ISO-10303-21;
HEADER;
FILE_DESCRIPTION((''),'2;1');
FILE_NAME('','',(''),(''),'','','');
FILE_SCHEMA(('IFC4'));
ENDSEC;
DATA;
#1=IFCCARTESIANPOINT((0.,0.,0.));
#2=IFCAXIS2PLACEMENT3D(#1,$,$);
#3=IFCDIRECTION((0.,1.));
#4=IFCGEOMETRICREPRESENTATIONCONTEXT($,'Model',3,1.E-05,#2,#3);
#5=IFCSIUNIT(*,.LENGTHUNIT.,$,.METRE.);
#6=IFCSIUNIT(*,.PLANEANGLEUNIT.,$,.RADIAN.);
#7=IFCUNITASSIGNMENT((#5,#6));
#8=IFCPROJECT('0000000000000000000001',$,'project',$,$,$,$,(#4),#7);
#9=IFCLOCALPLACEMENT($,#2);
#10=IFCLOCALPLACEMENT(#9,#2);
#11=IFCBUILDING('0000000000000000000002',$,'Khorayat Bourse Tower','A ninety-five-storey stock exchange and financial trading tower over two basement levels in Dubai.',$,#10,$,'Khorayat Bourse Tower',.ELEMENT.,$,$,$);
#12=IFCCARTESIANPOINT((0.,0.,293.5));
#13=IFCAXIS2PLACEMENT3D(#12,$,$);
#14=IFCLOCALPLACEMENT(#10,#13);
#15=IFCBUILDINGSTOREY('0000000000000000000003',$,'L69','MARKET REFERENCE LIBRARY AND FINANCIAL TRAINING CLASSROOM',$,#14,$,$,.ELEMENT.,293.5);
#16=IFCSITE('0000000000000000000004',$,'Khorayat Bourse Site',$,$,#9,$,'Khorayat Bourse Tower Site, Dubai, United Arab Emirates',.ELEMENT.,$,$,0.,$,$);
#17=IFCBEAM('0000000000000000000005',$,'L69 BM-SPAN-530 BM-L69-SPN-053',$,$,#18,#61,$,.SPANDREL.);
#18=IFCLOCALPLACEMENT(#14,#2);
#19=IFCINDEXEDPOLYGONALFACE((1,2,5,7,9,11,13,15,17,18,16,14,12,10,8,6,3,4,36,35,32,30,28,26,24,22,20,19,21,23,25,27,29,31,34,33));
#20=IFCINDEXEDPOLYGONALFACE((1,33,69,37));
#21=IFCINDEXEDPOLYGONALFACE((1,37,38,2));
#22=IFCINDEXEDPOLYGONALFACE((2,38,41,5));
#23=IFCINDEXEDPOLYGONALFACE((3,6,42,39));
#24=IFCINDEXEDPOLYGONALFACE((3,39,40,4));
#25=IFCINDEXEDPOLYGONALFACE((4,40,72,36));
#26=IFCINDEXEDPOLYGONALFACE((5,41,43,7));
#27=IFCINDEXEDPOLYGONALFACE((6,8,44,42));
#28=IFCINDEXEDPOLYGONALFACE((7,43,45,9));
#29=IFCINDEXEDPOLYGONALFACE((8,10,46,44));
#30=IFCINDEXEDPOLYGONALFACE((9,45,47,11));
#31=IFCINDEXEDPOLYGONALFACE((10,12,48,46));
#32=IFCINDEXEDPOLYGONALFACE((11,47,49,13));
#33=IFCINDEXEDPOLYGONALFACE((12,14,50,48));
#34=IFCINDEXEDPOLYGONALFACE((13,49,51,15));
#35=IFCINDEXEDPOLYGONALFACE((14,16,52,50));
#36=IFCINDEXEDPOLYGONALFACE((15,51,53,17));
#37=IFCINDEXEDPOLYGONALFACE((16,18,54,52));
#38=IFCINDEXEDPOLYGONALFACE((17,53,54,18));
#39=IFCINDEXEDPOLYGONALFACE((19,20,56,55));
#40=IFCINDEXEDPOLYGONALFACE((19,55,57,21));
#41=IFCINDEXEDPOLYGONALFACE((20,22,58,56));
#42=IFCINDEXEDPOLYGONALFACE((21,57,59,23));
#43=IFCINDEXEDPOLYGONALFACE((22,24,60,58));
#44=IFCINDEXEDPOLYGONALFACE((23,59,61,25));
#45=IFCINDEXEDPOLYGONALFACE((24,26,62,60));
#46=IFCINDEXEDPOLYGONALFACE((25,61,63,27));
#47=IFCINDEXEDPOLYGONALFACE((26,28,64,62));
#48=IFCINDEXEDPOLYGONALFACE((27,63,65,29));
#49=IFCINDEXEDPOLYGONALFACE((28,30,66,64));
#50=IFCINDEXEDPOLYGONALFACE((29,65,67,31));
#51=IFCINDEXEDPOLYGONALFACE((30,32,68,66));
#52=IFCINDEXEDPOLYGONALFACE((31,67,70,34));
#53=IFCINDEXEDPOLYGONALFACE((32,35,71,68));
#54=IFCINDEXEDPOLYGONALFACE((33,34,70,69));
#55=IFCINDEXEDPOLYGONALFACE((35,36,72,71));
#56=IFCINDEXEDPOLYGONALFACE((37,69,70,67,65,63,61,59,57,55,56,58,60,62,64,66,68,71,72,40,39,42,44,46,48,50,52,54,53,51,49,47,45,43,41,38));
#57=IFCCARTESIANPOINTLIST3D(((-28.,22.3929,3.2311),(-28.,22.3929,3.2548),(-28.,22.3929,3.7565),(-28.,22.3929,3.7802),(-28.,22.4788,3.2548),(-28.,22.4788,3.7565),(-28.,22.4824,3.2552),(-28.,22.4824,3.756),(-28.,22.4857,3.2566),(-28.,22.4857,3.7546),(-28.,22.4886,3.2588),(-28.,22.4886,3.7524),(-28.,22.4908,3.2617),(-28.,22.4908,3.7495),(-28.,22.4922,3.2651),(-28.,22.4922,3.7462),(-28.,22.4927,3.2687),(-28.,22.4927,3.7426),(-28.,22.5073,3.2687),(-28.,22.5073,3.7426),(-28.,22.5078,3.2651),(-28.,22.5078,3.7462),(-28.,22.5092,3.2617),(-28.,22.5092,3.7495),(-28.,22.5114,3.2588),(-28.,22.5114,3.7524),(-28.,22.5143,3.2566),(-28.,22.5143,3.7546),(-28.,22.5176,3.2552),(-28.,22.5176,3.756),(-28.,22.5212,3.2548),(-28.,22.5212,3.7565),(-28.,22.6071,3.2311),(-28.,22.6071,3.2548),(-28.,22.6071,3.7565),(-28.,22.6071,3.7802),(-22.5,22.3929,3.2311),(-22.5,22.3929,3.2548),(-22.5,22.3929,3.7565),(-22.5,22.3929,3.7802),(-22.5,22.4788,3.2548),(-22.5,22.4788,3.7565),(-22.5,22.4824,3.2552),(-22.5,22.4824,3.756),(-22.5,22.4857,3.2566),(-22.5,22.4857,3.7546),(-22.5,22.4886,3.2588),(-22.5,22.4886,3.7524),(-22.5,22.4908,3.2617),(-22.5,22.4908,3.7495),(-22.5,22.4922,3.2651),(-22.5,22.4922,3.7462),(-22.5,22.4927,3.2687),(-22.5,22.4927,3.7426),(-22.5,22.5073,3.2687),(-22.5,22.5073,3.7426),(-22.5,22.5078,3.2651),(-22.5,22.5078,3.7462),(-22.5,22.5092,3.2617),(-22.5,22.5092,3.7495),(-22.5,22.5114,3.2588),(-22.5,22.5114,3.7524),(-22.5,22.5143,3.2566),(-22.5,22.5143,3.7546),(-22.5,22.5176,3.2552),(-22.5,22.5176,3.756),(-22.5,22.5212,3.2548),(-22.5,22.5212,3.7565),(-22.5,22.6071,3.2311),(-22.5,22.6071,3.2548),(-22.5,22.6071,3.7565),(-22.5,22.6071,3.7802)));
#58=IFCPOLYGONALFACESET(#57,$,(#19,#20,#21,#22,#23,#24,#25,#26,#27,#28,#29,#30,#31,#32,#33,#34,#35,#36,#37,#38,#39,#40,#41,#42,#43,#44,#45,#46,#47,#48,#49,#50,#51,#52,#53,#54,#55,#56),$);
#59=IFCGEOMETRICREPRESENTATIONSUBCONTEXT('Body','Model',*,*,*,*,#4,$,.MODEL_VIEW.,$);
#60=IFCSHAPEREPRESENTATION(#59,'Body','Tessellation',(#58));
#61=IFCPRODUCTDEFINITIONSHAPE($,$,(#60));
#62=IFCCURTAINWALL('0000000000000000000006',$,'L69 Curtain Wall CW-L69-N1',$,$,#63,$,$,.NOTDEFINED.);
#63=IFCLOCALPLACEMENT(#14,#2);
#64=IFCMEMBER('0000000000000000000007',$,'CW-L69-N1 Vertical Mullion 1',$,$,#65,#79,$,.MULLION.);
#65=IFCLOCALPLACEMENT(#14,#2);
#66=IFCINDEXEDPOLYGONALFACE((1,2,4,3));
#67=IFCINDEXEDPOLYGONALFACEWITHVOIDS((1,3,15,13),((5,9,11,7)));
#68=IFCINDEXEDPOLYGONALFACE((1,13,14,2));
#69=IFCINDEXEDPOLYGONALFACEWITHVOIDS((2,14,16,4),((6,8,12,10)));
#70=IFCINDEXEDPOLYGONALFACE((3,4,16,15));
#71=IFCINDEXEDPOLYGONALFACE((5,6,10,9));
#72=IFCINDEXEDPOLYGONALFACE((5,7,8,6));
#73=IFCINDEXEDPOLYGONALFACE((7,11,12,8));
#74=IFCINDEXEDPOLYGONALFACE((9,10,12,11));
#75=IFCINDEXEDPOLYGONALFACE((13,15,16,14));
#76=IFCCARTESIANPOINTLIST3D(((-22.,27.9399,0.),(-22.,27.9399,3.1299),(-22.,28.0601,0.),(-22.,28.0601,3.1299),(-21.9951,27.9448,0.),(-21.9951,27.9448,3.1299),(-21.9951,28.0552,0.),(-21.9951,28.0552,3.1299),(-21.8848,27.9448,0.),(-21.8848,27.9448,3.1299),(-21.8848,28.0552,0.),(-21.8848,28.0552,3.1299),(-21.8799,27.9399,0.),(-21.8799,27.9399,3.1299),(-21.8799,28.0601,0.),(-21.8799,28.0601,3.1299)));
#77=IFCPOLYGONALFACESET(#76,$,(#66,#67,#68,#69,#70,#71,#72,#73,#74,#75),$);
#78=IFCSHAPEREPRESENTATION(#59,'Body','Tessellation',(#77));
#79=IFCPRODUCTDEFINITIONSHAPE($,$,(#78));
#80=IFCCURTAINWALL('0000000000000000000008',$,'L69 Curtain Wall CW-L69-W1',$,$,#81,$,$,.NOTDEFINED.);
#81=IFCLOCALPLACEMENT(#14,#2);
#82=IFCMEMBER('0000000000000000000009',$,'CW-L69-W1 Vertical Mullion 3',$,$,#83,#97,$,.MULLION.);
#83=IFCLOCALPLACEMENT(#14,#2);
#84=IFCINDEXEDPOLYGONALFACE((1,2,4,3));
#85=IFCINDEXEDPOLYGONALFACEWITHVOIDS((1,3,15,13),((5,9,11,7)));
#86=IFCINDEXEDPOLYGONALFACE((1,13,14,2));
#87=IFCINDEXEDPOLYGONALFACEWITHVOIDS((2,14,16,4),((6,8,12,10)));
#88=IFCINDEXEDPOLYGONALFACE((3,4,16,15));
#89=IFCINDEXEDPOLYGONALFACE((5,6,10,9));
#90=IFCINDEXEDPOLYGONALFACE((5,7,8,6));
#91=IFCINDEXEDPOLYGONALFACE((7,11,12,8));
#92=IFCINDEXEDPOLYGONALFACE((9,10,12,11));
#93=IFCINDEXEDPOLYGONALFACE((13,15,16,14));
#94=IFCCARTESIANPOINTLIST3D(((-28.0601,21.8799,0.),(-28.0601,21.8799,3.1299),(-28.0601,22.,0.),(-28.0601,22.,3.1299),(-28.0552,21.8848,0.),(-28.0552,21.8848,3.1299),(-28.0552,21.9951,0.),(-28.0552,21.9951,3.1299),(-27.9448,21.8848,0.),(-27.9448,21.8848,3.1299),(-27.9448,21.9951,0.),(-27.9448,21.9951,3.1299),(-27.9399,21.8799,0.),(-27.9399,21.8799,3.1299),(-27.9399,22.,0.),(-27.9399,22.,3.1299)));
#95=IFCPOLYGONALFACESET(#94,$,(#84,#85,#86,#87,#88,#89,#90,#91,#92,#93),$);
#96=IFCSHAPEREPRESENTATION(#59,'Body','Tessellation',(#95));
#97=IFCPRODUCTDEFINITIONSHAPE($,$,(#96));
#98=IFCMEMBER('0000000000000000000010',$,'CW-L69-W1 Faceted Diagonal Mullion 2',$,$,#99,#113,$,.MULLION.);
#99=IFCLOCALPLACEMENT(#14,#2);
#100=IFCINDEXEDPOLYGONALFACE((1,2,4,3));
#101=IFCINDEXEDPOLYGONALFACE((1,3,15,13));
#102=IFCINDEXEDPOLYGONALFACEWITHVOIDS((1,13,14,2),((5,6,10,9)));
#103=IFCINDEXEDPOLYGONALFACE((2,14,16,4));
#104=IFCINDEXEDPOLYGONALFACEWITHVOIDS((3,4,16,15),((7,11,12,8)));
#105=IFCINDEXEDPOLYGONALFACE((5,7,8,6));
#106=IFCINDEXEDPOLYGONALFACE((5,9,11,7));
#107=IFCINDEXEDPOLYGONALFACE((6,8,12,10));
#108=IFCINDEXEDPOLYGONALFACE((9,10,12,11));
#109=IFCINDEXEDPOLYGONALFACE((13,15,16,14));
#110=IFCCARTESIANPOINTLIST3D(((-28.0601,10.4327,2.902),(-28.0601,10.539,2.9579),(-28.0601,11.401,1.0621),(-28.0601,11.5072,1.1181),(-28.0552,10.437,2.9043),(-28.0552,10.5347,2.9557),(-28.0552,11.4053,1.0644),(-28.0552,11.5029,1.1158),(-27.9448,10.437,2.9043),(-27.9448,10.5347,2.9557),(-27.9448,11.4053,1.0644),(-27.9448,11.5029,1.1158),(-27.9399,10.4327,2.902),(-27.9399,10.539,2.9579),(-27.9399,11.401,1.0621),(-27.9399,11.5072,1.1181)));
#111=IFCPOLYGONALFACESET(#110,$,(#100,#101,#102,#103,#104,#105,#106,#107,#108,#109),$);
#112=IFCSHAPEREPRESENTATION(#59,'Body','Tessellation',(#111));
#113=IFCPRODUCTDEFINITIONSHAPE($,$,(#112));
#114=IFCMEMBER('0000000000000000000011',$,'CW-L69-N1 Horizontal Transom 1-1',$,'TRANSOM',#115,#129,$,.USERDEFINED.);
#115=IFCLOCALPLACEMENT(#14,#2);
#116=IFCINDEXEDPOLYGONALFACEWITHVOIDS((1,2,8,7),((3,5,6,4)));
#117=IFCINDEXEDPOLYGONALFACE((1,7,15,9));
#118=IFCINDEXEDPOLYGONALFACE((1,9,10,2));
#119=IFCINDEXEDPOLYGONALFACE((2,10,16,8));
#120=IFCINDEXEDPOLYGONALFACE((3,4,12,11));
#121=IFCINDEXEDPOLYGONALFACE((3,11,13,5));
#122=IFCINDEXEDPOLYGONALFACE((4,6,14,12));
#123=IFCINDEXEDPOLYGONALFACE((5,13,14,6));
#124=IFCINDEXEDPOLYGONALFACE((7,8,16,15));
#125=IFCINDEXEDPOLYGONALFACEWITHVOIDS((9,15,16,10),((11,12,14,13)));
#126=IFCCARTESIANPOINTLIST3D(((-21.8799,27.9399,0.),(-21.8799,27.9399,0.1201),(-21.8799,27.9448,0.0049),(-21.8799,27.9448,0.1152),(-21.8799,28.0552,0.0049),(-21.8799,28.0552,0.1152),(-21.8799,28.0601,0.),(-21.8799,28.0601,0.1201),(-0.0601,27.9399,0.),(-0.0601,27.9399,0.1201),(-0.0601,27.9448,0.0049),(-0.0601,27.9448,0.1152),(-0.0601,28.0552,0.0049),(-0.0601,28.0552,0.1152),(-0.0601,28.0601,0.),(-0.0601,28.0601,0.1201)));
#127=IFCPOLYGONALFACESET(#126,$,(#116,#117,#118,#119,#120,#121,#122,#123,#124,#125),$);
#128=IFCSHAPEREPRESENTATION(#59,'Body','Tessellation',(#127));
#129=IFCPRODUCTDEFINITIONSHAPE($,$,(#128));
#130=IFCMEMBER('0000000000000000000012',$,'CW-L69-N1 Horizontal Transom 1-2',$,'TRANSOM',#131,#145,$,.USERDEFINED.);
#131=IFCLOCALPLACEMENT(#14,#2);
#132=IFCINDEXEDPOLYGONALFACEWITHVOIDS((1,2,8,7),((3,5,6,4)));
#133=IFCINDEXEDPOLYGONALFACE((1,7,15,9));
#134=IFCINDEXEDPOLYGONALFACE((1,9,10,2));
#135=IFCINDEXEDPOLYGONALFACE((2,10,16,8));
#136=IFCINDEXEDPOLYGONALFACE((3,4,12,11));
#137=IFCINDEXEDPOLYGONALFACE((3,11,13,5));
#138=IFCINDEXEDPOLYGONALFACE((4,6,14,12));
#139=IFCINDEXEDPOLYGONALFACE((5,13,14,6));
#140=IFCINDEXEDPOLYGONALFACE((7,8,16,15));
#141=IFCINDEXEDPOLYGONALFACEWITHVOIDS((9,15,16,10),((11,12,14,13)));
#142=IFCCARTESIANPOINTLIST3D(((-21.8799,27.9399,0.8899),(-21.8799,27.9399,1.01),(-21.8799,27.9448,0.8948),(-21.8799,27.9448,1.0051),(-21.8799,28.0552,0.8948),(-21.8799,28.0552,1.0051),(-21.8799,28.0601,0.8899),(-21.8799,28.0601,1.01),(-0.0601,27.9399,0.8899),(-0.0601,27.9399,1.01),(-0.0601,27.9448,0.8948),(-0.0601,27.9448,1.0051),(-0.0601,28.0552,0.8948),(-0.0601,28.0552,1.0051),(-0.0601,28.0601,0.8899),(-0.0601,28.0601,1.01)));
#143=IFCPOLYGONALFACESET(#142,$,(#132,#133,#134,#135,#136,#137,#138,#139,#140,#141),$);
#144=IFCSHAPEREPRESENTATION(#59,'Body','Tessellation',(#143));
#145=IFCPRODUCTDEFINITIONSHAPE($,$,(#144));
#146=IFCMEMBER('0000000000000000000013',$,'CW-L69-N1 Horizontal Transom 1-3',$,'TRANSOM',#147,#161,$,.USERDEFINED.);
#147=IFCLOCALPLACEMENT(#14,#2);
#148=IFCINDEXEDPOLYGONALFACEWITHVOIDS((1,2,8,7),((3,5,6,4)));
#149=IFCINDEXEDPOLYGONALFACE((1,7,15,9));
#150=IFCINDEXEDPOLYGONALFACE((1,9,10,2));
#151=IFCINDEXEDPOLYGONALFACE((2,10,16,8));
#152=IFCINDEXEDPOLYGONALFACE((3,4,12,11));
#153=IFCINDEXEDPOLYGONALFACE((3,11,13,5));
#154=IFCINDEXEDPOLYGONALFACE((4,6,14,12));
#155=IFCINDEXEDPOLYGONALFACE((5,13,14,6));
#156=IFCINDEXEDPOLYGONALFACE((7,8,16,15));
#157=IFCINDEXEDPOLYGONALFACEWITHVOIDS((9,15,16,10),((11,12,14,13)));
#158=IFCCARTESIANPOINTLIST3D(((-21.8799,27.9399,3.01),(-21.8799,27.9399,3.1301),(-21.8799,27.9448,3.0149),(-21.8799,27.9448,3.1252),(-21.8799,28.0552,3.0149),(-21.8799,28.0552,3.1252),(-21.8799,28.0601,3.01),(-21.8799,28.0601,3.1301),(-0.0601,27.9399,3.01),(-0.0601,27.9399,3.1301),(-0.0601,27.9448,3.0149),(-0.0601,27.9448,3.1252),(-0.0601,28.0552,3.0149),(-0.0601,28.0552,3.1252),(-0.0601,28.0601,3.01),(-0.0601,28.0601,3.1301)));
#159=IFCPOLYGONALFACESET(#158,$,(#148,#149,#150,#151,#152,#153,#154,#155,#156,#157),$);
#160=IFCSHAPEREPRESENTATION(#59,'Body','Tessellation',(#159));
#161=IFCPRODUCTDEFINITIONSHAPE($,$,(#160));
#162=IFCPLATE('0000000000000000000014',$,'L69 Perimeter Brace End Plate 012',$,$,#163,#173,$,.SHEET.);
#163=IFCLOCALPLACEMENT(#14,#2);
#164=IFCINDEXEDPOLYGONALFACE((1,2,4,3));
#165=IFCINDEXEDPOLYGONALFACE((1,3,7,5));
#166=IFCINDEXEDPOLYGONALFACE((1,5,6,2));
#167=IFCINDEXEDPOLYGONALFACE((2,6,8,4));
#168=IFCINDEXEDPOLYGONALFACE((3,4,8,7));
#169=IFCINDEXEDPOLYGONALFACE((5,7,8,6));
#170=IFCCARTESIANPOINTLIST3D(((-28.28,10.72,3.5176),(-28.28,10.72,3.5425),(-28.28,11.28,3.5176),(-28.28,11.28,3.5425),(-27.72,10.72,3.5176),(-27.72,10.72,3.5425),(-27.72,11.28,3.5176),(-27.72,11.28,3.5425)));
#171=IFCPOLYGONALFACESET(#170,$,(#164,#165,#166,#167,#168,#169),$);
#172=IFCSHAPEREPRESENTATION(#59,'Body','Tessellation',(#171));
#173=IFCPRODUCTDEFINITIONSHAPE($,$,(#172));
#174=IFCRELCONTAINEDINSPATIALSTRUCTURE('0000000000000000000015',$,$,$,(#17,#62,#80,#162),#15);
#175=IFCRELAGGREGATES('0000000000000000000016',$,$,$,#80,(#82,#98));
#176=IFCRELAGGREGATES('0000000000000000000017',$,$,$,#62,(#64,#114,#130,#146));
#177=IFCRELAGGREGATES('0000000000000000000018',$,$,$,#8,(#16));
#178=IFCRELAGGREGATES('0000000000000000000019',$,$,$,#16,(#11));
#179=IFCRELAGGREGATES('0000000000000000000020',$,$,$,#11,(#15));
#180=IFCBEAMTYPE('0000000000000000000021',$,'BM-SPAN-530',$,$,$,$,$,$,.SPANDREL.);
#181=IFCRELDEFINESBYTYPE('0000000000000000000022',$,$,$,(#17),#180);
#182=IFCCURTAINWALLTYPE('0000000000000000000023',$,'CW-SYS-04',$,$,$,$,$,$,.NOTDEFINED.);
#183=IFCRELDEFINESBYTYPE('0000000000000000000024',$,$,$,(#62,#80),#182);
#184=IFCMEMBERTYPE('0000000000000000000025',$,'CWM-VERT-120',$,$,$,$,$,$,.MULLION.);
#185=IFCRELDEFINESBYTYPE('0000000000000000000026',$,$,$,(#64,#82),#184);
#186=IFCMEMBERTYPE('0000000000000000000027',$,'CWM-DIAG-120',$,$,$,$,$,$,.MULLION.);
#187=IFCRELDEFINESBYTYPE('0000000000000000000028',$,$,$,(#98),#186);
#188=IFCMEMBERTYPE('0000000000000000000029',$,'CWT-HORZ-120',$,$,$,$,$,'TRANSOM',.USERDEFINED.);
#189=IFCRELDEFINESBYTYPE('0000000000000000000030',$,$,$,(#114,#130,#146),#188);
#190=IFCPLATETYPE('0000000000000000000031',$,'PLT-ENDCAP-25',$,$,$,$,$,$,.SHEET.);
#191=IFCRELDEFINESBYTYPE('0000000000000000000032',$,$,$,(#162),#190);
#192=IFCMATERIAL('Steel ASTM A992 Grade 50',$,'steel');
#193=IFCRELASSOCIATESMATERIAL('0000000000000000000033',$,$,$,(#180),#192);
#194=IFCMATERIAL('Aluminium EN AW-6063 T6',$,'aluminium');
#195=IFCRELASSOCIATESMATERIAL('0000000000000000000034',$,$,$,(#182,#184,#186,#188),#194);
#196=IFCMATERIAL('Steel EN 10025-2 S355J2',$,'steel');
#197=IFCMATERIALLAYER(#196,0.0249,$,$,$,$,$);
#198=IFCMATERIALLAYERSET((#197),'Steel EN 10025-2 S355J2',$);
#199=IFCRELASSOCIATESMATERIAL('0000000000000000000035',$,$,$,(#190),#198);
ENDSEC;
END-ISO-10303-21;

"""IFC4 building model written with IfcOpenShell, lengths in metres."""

from ifc_helpers import new_model, si_unit, direction, frame, origin, origin_2d, place, context, subcontext, project, spatial, rectangle, hollow_rectangle, i_section, extrude, source, transform, mapped, material, layer, layer_set, material_profile, profile_set, type_object, element, aggregate, save


model = new_model("IFC4")

# Units and contexts
model_context = context("Model", 3, precision=1e-05, world=origin(), true_north=direction((0.0, 1.0)))
body_context = subcontext(model_context, "Body", "Model", "MODEL_VIEW")
ifc_project = project(units=[si_unit("LENGTHUNIT", "METRE"), si_unit("PLANEANGLEUNIT", "RADIAN")], contexts=[model_context])

# Site, building, storey
site_placement = place(None, origin())
site = spatial("IfcSite", under=ifc_project, at=site_placement, Name="Khorayat Bourse Site", LongName="Khorayat Bourse Tower Site, Dubai, United Arab Emirates", CompositionType="ELEMENT", RefElevation=0.0)
building_placement = place(site_placement, origin())
building = spatial("IfcBuilding", under=site, at=building_placement, Name="Khorayat Bourse Tower", Description="A ninety-five-storey stock exchange and financial trading tower over two basement levels in Dubai.", LongName="Khorayat Bourse Tower", CompositionType="ELEMENT")
storey_placement = place(building_placement, frame((0.0, 0.0, 293.5)))
storey = spatial("IfcBuildingStorey", under=building, at=storey_placement, Name="L69", Description="MARKET REFERENCE LIBRARY AND FINANCIAL TRAINING CLASSROOM", CompositionType="ELEMENT", Elevation=293.5)

# Beam
ifc_material_1 = material(Name="Steel ASTM A992 Grade 50", Category="steel")
ifc_material_profile_1 = material_profile(ifc_material_1, i_section(OverallWidth=0.2141, OverallDepth=0.5491, WebThickness=0.0146, FlangeThickness=0.0237, FilletRadius=0.0139, at=origin_2d()), Name="W530X138")
ifc_profile_set_1 = profile_set([ifc_material_profile_1], Name="Steel ASTM A992 Grade 50")
beam_type_1 = type_object("IfcBeamType", Name="BM-SPAN-530", PredefinedType="SPANDREL", material=ifc_profile_set_1)
shared_shape_1 = source(origin(), body_context, "Body", "SweptSolid", [
    extrude(i_section(OverallWidth=0.2141, OverallDepth=0.5491, WebThickness=0.0146, FlangeThickness=0.0237, FilletRadius=0.0139, at=origin_2d()), origin(), (0.0, 0.0, 1.0), 5.5),
])
for number, where, z_axis, x_axis, name in (
    (1, (-28.0, 22.5, 3.5056), (1.0, 0.0, 0.0), (0.0, 1.0, 0.0), "L69 BM-SPAN-530 BM-L69-SPN-053"),
):
    element("IfcBeam", number, at=place(storey_placement, frame(where, z_axis=z_axis, x_axis=x_axis)), inside=storey, type_object=beam_type_1, Name=name, PredefinedType="SPANDREL", context=body_context, shape_type="MappedRepresentation", body=[
        mapped(shared_shape_1, transform((0.0, 0.0, 0.0), scale=1.0)),
    ])

# Curtain wall, member
ifc_material_2 = material(Name="Aluminium EN AW-6063 T6", Category="aluminium")
curtain_wall_type = type_object("IfcCurtainWallType", Name="CW-SYS-04", PredefinedType="NOTDEFINED", material=ifc_material_2)
curtain_wall_1_placement = place(storey_placement, origin())
curtain_wall_1 = element("IfcCurtainWall", 2, at=curtain_wall_1_placement, inside=storey, type_object=curtain_wall_type, Name="L69 Curtain Wall CW-L69-N1", PredefinedType="NOTDEFINED")
ifc_material_profile_2 = material_profile(ifc_material_2, hollow_rectangle(XDim=0.1201, YDim=0.1201, WallThickness=0.0049, at=origin_2d()), Name="ALU 120x120x5")
ifc_profile_set_2 = profile_set([ifc_material_profile_2], Name="Aluminium EN AW-6063 T6")
member_type_1 = type_object("IfcMemberType", Name="CWM-VERT-120", PredefinedType="MULLION", material=ifc_profile_set_2)
shared_shape_2 = source(origin(), body_context, "Body", "SweptSolid", [
    extrude(hollow_rectangle(XDim=0.1201, YDim=0.1201, WallThickness=0.0049, at=origin_2d()), origin(), (0.0, 0.0, 1.0), 3.1299),
])
member_1_placement = place(storey_placement, frame((-21.9399, 28.0, 0.0), z_axis=(0.0, 0.0, 1.0), x_axis=(0.0, 1.0, 0.0)))
member_1 = element("IfcMember", 3, at=member_1_placement, type_object=member_type_1, Name="CW-L69-N1 Vertical Mullion 1", PredefinedType="MULLION", context=body_context, shape_type="MappedRepresentation", body=[
    mapped(shared_shape_2, transform((0.0, 0.0, 0.0), scale=1.0)),
])

# Curtain wall, members
curtain_wall_2_placement = place(storey_placement, origin())
curtain_wall_2 = element("IfcCurtainWall", 4, at=curtain_wall_2_placement, inside=storey, type_object=curtain_wall_type, Name="L69 Curtain Wall CW-L69-W1", PredefinedType="NOTDEFINED")
member_2_placement = place(storey_placement, frame((-28.0, 21.9399, 0.0), z_axis=(0.0, 0.0, 1.0), x_axis=(-1.0, 0.0, 0.0)))
member_2 = element("IfcMember", 5, at=member_2_placement, type_object=member_type_1, Name="CW-L69-W1 Vertical Mullion 3", PredefinedType="MULLION", context=body_context, shape_type="MappedRepresentation", body=[
    mapped(shared_shape_2, transform((0.0, 0.0, 0.0), scale=1.0)),
])
ifc_material_profile_3 = material_profile(ifc_material_2, hollow_rectangle(XDim=0.1201, YDim=0.1201, WallThickness=0.0049, at=origin_2d()), Name="ALU 120x120x5")
ifc_profile_set_3 = profile_set([ifc_material_profile_3], Name="Aluminium EN AW-6063 T6")
member_type_2 = type_object("IfcMemberType", Name="CWM-DIAG-120", PredefinedType="MULLION", material=ifc_profile_set_3)
shared_shape_3 = source(origin(), body_context, "Body", "SweptSolid", [
    extrude(hollow_rectangle(XDim=0.1201, YDim=0.1201, WallThickness=0.0049, at=origin_2d()), origin(), (0.0, 0.0, 1.0), 2.0791),
])
member_3_placement = place(storey_placement, frame((-28.0, 11.4541, 1.0901), z_axis=(0.0, -0.465717, 0.884934), x_axis=(1.0, 0.0, 0.0)))
member_3 = element("IfcMember", 6, at=member_3_placement, type_object=member_type_2, Name="CW-L69-W1 Faceted Diagonal Mullion 2", PredefinedType="MULLION", context=body_context, shape_type="MappedRepresentation", body=[
    mapped(shared_shape_3, transform((0.0, 0.0, 0.0), scale=1.0)),
])
aggregate(curtain_wall_2, [member_2, member_3])

# Members
ifc_material_profile_4 = material_profile(ifc_material_2, hollow_rectangle(XDim=0.1201, YDim=0.1201, WallThickness=0.0049, at=origin_2d()), Name="ALU 120x120x5")
ifc_profile_set_4 = profile_set([ifc_material_profile_4], Name="Aluminium EN AW-6063 T6")
member_type_3 = type_object("IfcMemberType", Name="CWT-HORZ-120", ElementType="TRANSOM", PredefinedType="USERDEFINED", material=ifc_profile_set_4)
shared_shape_4 = source(origin(), body_context, "Body", "SweptSolid", [
    extrude(hollow_rectangle(XDim=0.1201, YDim=0.1201, WallThickness=0.0049, at=origin_2d()), origin(), (0.0, 0.0, 1.0), 21.8198),
])
member_4_placement = place(storey_placement, frame((-21.8799, 28.0, 0.0601), z_axis=(1.0, 0.0, 0.0), x_axis=(0.0, 1.0, 0.0)))
member_4 = element("IfcMember", 7, at=member_4_placement, type_object=member_type_3, Name="CW-L69-N1 Horizontal Transom 1-1", ObjectType="TRANSOM", PredefinedType="USERDEFINED", context=body_context, shape_type="MappedRepresentation", body=[
    mapped(shared_shape_4, transform((0.0, 0.0, 0.0), scale=1.0)),
])
member_5_placement = place(storey_placement, frame((-21.8799, 28.0, 0.95), z_axis=(1.0, 0.0, 0.0), x_axis=(0.0, 1.0, 0.0)))
member_5 = element("IfcMember", 8, at=member_5_placement, type_object=member_type_3, Name="CW-L69-N1 Horizontal Transom 1-2", ObjectType="TRANSOM", PredefinedType="USERDEFINED", context=body_context, shape_type="MappedRepresentation", body=[
    mapped(shared_shape_4, transform((0.0, 0.0, 0.0), scale=1.0)),
])
member_6_placement = place(storey_placement, frame((-21.8799, 28.0, 3.0701), z_axis=(1.0, 0.0, 0.0), x_axis=(0.0, 1.0, 0.0)))
member_6 = element("IfcMember", 9, at=member_6_placement, type_object=member_type_3, Name="CW-L69-N1 Horizontal Transom 1-3", ObjectType="TRANSOM", PredefinedType="USERDEFINED", context=body_context, shape_type="MappedRepresentation", body=[
    mapped(shared_shape_4, transform((0.0, 0.0, 0.0), scale=1.0)),
])
aggregate(curtain_wall_1, [member_1, member_4, member_5, member_6])

# Plate
ifc_material_3 = material(Name="Steel EN 10025-2 S355J2", Category="steel")
ifc_layer_1 = layer(ifc_material_3, 0.0249)
ifc_layer_set_1 = layer_set([ifc_layer_1], Name="Steel EN 10025-2 S355J2")
plate_type = type_object("IfcPlateType", Name="PLT-ENDCAP-25", PredefinedType="SHEET", material=ifc_layer_set_1)
shared_shape_5 = source(origin(), body_context, "Body", "SweptSolid", [
    extrude(rectangle(XDim=0.5601, YDim=0.5601, at=origin_2d()), origin(), (0.0, 0.0, 1.0), 0.0249),
])
plate_placement = place(storey_placement, frame((-28.0, 11.0, 3.5176), z_axis=(0.0, 0.0, 1.0), x_axis=(1.0, 0.0, 0.0)))
element("IfcPlate", 10, at=plate_placement, inside=storey, type_object=plate_type, Name="L69 Perimeter Brace End Plate 012", PredefinedType="SHEET", context=body_context, shape_type="MappedRepresentation", body=[
    mapped(shared_shape_5, transform((0.0, 0.0, 0.0), scale=1.0)),
])

save(model, "model.ifc")
